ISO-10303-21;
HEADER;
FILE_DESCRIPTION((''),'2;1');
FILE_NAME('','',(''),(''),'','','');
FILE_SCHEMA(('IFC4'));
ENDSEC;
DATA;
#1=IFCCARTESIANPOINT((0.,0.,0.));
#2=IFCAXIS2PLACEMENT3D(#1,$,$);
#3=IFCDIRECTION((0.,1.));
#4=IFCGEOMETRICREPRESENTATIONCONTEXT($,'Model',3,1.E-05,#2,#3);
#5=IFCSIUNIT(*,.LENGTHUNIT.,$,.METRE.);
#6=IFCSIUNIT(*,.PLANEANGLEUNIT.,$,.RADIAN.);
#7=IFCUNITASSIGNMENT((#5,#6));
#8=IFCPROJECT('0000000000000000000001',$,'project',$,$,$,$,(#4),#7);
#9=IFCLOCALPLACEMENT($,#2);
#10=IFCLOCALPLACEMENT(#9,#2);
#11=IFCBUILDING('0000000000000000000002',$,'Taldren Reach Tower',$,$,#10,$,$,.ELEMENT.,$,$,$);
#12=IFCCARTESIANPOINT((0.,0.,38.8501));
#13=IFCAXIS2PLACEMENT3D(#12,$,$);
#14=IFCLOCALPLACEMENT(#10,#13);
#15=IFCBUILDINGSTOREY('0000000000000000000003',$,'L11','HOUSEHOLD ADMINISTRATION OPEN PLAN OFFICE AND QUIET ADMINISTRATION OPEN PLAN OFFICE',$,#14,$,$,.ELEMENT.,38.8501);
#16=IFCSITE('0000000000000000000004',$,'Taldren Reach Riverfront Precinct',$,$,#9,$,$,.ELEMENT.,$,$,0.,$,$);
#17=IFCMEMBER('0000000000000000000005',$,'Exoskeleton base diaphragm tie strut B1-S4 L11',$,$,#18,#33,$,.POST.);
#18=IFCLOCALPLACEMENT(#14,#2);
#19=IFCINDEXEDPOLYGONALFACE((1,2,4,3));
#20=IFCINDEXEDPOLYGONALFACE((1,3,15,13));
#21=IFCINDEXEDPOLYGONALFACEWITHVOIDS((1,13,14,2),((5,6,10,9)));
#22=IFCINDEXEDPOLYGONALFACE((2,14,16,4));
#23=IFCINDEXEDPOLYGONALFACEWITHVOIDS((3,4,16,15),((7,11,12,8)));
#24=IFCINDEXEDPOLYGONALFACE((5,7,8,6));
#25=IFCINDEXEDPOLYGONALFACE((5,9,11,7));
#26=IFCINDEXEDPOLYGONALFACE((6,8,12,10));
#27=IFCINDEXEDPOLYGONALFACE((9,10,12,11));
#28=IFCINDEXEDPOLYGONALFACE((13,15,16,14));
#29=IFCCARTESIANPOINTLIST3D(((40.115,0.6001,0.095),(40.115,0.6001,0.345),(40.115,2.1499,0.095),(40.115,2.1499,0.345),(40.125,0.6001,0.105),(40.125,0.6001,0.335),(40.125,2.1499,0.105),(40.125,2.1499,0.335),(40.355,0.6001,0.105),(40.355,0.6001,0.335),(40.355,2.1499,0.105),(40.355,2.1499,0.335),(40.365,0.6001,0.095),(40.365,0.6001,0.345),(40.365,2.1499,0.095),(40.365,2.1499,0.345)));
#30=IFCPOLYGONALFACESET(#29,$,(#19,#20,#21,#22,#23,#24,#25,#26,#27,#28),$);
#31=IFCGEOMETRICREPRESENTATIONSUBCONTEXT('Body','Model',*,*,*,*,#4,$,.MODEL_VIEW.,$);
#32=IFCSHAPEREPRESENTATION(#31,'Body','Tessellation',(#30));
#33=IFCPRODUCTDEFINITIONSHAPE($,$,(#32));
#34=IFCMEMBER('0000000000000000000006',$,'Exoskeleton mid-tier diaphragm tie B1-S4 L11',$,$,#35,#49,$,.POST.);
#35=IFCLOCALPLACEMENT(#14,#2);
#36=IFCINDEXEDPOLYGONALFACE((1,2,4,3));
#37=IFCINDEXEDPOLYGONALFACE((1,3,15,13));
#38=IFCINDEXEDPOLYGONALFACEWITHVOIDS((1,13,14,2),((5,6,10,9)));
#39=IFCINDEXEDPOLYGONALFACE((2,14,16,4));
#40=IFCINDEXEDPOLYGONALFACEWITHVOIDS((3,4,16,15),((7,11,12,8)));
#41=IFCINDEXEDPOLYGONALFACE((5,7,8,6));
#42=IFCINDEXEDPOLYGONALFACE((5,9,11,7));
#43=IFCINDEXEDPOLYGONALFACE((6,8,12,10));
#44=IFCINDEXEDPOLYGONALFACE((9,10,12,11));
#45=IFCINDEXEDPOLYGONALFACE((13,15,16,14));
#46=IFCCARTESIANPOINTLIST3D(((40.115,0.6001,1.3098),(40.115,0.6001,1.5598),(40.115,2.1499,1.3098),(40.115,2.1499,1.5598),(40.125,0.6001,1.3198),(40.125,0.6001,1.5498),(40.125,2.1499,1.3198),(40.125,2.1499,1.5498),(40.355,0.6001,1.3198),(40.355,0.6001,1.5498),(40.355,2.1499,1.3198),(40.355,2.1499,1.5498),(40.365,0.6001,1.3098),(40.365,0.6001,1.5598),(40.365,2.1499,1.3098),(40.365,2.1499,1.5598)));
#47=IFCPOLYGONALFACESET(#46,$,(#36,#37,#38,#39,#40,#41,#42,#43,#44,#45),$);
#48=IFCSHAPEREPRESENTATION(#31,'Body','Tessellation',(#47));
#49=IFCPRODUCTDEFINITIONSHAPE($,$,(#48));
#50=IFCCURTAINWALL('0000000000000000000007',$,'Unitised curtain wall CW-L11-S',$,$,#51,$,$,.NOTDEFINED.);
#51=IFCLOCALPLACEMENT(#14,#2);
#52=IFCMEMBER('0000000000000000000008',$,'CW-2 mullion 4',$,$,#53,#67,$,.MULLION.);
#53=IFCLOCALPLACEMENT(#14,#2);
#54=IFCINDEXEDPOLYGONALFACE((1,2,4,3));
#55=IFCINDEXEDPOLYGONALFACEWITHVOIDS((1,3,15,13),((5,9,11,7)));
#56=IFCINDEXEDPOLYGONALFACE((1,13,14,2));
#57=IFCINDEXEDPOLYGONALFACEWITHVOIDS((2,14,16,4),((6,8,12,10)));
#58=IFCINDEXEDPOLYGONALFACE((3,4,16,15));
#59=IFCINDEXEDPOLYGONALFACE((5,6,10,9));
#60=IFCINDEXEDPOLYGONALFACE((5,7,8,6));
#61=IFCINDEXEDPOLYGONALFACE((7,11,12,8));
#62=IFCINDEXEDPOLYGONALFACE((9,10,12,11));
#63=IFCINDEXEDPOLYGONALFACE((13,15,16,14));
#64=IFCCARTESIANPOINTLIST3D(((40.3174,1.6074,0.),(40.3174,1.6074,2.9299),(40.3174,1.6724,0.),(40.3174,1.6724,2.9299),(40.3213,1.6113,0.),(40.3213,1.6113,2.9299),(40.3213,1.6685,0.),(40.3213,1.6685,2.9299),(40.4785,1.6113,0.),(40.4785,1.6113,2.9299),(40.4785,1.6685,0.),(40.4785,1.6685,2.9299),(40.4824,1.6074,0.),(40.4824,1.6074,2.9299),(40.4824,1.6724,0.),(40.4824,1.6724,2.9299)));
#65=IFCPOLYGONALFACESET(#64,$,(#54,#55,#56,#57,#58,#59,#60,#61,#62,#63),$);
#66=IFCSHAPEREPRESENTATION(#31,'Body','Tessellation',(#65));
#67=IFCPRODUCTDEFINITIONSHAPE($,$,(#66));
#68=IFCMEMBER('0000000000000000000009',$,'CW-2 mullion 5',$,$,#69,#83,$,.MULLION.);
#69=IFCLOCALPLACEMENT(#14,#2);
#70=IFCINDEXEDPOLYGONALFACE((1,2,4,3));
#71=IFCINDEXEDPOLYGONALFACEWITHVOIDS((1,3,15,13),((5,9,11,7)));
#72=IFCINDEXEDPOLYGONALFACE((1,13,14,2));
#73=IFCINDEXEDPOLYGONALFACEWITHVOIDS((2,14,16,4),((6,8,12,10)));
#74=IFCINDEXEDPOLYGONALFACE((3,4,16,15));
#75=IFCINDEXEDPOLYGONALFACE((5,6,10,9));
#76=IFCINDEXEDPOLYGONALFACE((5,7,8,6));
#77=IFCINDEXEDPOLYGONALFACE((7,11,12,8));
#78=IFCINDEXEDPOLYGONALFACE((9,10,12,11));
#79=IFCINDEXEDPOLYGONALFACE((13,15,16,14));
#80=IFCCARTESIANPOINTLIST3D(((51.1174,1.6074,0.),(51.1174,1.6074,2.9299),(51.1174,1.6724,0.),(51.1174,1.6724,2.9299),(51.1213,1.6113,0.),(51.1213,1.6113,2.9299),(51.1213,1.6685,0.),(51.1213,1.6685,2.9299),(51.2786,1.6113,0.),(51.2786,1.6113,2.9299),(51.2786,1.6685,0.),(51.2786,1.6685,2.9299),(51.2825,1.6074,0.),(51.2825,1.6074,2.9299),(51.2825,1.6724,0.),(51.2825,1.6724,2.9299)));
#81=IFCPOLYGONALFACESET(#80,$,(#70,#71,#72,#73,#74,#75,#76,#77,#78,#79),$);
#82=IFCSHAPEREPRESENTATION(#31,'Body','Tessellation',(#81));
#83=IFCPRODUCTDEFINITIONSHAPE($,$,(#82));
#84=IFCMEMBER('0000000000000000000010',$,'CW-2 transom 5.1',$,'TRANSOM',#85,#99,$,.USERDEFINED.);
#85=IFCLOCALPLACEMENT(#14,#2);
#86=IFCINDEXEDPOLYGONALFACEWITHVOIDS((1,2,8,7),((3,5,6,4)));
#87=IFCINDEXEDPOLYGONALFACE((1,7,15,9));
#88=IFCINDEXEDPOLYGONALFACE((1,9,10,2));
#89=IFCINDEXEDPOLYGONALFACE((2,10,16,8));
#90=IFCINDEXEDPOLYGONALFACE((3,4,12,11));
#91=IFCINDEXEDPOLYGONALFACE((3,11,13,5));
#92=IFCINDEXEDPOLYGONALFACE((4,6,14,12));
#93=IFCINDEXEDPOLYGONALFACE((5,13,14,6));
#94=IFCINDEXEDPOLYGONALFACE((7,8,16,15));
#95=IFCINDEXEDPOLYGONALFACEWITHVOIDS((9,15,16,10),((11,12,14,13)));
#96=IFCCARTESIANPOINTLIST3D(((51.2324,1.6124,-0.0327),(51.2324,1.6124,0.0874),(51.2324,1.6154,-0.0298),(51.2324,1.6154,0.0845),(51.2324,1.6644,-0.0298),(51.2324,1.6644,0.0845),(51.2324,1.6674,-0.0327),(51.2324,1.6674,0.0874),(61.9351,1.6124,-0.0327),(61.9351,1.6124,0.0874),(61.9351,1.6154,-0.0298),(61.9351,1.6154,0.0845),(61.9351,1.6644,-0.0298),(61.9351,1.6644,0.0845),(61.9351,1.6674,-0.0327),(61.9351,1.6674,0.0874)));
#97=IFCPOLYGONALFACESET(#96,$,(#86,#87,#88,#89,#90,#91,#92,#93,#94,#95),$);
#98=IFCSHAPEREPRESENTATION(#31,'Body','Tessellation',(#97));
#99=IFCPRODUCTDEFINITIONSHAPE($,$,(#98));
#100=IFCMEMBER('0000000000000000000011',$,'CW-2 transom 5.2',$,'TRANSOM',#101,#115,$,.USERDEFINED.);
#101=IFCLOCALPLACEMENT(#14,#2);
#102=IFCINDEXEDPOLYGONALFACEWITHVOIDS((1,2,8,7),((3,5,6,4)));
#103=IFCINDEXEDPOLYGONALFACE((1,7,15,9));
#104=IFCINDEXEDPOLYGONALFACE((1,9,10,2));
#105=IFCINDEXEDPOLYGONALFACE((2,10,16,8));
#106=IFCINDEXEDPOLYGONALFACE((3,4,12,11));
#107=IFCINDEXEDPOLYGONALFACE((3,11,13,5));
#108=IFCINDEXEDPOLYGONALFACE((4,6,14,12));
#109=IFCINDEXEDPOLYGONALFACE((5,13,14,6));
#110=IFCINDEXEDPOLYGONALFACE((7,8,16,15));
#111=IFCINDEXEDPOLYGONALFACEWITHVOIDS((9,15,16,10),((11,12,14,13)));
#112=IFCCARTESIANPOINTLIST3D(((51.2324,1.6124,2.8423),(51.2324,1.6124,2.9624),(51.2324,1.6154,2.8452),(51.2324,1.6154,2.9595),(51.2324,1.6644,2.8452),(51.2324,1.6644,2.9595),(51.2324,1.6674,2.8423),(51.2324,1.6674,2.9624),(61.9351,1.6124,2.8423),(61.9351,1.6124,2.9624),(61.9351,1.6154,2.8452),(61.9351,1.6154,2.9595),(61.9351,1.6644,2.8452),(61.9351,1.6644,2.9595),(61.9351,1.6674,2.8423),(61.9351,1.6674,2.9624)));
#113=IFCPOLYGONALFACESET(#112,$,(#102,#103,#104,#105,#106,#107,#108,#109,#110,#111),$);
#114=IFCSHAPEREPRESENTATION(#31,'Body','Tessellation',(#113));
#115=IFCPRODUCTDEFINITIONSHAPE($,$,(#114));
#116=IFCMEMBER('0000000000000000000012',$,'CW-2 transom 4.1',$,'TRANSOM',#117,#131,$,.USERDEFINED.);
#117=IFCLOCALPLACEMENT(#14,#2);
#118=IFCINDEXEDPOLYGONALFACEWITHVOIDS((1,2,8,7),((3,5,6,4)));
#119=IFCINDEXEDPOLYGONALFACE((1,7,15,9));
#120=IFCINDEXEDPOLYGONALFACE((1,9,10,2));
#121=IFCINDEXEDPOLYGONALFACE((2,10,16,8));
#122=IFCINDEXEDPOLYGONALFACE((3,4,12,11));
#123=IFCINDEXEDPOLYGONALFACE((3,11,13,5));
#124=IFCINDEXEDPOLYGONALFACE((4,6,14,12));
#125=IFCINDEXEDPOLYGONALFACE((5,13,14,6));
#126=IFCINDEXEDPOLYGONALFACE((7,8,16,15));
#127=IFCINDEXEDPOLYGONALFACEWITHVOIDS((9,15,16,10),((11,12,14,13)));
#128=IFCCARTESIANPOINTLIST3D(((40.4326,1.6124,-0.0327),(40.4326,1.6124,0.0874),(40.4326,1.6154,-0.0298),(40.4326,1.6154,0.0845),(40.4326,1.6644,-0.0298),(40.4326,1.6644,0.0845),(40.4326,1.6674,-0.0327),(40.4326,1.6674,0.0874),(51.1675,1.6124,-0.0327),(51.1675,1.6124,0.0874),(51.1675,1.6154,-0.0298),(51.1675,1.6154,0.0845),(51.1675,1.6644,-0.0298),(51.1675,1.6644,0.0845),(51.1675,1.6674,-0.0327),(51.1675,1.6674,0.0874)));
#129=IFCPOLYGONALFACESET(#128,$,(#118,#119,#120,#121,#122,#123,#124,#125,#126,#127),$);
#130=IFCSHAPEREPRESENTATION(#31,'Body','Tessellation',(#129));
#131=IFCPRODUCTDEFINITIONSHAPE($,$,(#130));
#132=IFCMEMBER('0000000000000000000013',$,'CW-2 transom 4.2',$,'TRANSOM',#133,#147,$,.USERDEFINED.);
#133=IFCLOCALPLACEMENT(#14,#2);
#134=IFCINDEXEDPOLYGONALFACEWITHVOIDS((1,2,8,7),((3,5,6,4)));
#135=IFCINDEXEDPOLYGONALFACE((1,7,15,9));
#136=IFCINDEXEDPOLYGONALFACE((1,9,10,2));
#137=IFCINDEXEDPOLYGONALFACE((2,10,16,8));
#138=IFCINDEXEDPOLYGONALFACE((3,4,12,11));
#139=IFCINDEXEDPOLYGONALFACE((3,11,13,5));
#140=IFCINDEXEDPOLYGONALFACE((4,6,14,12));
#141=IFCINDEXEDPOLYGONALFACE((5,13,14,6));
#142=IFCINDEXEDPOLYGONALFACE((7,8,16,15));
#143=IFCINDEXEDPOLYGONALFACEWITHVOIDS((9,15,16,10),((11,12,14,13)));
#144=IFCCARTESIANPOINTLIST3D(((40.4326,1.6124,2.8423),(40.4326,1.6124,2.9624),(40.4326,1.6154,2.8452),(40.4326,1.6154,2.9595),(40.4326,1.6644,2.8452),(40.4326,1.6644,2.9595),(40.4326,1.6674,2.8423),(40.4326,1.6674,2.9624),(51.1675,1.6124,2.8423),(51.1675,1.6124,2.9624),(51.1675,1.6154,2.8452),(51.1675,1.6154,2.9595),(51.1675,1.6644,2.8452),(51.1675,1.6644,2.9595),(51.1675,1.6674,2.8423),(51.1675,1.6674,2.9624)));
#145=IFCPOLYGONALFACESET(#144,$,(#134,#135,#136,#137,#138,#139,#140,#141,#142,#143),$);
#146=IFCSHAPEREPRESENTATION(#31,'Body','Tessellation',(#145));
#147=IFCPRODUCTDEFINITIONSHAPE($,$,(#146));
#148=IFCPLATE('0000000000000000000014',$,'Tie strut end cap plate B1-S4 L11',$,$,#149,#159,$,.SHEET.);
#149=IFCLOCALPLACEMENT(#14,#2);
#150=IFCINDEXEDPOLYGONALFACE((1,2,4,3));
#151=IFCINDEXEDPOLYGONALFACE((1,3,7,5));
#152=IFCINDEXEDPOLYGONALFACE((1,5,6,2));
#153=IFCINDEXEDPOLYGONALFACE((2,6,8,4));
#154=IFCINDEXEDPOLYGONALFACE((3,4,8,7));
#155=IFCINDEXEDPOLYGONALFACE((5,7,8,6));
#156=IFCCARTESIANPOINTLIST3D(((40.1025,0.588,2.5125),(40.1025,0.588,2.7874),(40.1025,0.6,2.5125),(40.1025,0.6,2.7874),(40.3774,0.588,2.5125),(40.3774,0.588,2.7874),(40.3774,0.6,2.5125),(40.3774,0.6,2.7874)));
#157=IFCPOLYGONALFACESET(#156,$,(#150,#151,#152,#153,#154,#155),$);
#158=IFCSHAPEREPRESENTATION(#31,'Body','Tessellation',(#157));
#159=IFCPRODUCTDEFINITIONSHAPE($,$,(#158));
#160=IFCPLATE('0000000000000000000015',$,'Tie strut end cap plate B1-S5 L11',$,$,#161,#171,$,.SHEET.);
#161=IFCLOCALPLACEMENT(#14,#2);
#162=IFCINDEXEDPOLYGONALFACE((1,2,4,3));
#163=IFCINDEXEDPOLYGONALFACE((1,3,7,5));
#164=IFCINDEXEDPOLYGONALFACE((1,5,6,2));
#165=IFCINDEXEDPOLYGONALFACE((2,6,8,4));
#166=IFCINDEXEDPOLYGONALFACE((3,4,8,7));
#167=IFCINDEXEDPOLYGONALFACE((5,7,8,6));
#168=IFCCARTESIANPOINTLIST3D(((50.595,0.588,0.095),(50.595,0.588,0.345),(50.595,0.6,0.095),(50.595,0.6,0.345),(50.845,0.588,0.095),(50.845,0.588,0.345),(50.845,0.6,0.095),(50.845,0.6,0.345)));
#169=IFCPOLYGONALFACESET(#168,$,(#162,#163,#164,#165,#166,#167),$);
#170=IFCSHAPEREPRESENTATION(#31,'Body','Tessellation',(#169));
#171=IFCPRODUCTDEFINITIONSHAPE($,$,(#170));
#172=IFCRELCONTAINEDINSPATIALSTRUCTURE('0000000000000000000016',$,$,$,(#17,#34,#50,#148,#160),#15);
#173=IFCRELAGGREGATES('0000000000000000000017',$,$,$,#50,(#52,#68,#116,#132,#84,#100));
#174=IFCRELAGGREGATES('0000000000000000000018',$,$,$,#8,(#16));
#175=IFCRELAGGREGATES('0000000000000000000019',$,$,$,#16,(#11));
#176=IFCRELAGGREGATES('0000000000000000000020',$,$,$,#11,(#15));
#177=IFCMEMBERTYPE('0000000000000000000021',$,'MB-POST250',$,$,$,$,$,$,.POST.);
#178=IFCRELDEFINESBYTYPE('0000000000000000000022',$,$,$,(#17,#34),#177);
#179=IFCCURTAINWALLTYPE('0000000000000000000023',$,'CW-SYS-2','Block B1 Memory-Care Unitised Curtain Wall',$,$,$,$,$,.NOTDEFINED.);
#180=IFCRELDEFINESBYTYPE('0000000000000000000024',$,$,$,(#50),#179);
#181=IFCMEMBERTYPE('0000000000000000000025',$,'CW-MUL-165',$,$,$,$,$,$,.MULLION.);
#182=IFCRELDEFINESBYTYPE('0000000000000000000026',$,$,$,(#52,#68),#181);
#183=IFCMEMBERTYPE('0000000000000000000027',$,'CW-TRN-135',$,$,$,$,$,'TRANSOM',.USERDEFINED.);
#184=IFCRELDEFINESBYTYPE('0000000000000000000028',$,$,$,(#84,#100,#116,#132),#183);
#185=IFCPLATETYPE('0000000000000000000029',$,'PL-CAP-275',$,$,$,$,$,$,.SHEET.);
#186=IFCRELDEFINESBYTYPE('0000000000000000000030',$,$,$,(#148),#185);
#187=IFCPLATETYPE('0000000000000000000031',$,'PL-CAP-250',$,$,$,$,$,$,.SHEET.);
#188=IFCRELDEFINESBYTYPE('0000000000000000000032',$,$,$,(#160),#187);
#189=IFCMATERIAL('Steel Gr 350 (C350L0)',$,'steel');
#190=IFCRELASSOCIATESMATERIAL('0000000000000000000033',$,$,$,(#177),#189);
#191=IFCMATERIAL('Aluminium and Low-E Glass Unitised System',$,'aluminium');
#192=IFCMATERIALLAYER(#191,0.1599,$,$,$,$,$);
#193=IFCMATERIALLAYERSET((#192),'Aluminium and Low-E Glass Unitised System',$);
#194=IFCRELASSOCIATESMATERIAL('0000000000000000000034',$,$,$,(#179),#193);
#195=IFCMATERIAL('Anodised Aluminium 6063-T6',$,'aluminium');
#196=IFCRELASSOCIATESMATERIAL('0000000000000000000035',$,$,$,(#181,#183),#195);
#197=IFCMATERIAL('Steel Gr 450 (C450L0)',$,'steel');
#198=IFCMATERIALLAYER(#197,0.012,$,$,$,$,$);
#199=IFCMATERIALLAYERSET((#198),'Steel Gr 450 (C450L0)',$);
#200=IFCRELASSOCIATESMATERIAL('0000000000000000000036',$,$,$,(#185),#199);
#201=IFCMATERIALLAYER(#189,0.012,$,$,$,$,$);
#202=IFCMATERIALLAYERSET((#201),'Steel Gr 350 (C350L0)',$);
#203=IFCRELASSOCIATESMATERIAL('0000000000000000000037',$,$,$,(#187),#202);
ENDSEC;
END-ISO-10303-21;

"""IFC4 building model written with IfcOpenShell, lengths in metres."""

from ifc_helpers import new_model, si_unit, direction, frame, origin, origin_2d, place, context, subcontext, project, spatial, rectangle, hollow_rectangle, extrude, source, transform, mapped, material, layer, layer_set, material_profile, profile_set, type_object, element, aggregate, save


model = new_model("IFC4")

# Units and contexts
model_context = context("Model", 3, precision=1e-05, world=origin(), true_north=direction((0.0, 1.0)))
body_context = subcontext(model_context, "Body", "Model", "MODEL_VIEW")
ifc_project = project(units=[si_unit("LENGTHUNIT", "METRE"), si_unit("PLANEANGLEUNIT", "RADIAN")], contexts=[model_context])

# Site, building, storey
site_placement = place(None, origin())
site = spatial("IfcSite", under=ifc_project, at=site_placement, Name="Taldren Reach Riverfront Precinct", CompositionType="ELEMENT", RefElevation=0.0)
building_placement = place(site_placement, origin())
building = spatial("IfcBuilding", under=site, at=building_placement, Name="Taldren Reach Tower", CompositionType="ELEMENT")
storey_placement = place(building_placement, frame((0.0, 0.0, 38.8501)))
storey = spatial("IfcBuildingStorey", under=building, at=storey_placement, Name="L11", Description="HOUSEHOLD ADMINISTRATION OPEN PLAN OFFICE AND QUIET ADMINISTRATION OPEN PLAN OFFICE", CompositionType="ELEMENT", Elevation=38.8501)

# Members
ifc_material_1 = material(Name="Steel Gr 450 (C450L0)", Category="steel")
ifc_material_2 = material(Name="Steel Gr 350 (C350L0)", Category="steel")
ifc_material_profile_1 = material_profile(ifc_material_2, hollow_rectangle(XDim=0.25, YDim=0.25, WallThickness=0.01, at=origin_2d()), Name="250x250x10.0SHS")
ifc_profile_set_1 = profile_set([ifc_material_profile_1], Name="Steel Gr 350 (C350L0)")
member_type_1 = type_object("IfcMemberType", Name="MB-POST250", PredefinedType="POST", material=ifc_profile_set_1)
shared_shape_1 = source(origin(), body_context, "Body", "SweptSolid", [
    extrude(hollow_rectangle(XDim=0.25, YDim=0.25, WallThickness=0.01, at=origin_2d()), origin(), (0.0, 0.0, 1.0), 1.5498),
])
for number, where, z_axis, x_axis, name in (
    (1, (40.24, 2.1499, 0.22), (0.0, -1.0, 0.0), (1.0, 0.0, 0.0), "Exoskeleton base diaphragm tie strut B1-S4 L11"),
    (2, (40.24, 2.1499, 1.4348), (0.0, -1.0, 0.0), (1.0, 0.0, 0.0), "Exoskeleton mid-tier diaphragm tie B1-S4 L11"),
):
    element("IfcMember", number, at=place(storey_placement, frame(where, z_axis=z_axis, x_axis=x_axis)), inside=storey, type_object=member_type_1, Name=name, PredefinedType="POST", context=body_context, shape_type="MappedRepresentation", body=[
        mapped(shared_shape_1, transform((0.0, 0.0, 0.0), scale=1.0)),
    ])

# Curtain wall, members
ifc_material_3 = material(Name="Aluminium and Low-E Glass Unitised System", Category="aluminium")
ifc_layer_1 = layer(ifc_material_3, 0.1599)
ifc_layer_set_1 = layer_set([ifc_layer_1], Name="Aluminium and Low-E Glass Unitised System")
curtain_wall_type = type_object("IfcCurtainWallType", Name="CW-SYS-2", Description="Block B1 Memory-Care Unitised Curtain Wall", PredefinedType="NOTDEFINED", material=ifc_layer_set_1)
curtain_wall_placement = place(storey_placement, origin())
curtain_wall = element("IfcCurtainWall", 3, at=curtain_wall_placement, inside=storey, type_object=curtain_wall_type, Name="Unitised curtain wall CW-L11-S", PredefinedType="NOTDEFINED")
ifc_material_4 = material(Name="Anodised Aluminium 6063-T6", Category="aluminium")
ifc_material_profile_2 = material_profile(ifc_material_4, hollow_rectangle(XDim=0.0649, YDim=0.165, WallThickness=0.0039, at=origin_2d()), Name="ALU-165x65x4RHS")
ifc_profile_set_2 = profile_set([ifc_material_profile_2], Name="Anodised Aluminium 6063-T6")
member_type_2 = type_object("IfcMemberType", Name="CW-MUL-165", PredefinedType="MULLION", material=ifc_profile_set_2)
shared_shape_2 = source(origin(), body_context, "Body", "SweptSolid", [
    extrude(hollow_rectangle(XDim=0.0649, YDim=0.165, WallThickness=0.0039, at=origin_2d()), origin(), (0.0, 0.0, 1.0), 2.9299),
])
member_1_placement = place(storey_placement, frame((40.3999, 1.6399, 0.0), z_axis=(0.0, 0.0, 1.0), x_axis=(0.0, 1.0, 0.0)))
member_1 = element("IfcMember", 4, at=member_1_placement, type_object=member_type_2, Name="CW-2 mullion 4", PredefinedType="MULLION", context=body_context, shape_type="MappedRepresentation", body=[
    mapped(shared_shape_2, transform((0.0, 0.0, 0.0), scale=1.0)),
])
member_2_placement = place(storey_placement, frame((51.2, 1.6399, 0.0), z_axis=(0.0, 0.0, 1.0), x_axis=(0.0, 1.0, 0.0)))
member_2 = element("IfcMember", 5, at=member_2_placement, type_object=member_type_2, Name="CW-2 mullion 5", PredefinedType="MULLION", context=body_context, shape_type="MappedRepresentation", body=[
    mapped(shared_shape_2, transform((0.0, 0.0, 0.0), scale=1.0)),
])
ifc_material_profile_3 = material_profile(ifc_material_4, hollow_rectangle(XDim=0.0549, YDim=0.1201, WallThickness=0.0029, at=origin_2d()), Name="ALU-120x55x3RHS")
ifc_profile_set_3 = profile_set([ifc_material_profile_3], Name="Anodised Aluminium 6063-T6")
member_type_3 = type_object("IfcMemberType", Name="CW-TRN-135", ElementType="TRANSOM", PredefinedType="USERDEFINED", material=ifc_profile_set_3)
shared_shape_3 = source(origin(), body_context, "Body", "SweptSolid", [
    extrude(hollow_rectangle(XDim=0.0549, YDim=0.1201, WallThickness=0.0029, at=origin_2d()), origin(), (0.0, 0.0, 1.0), 10.7026),
])
member_3_placement = place(storey_placement, frame((51.2324, 1.6399, 0.0273), z_axis=(1.0, 0.0, 0.0), x_axis=(0.0, 1.0, 0.0)))
member_3 = element("IfcMember", 6, at=member_3_placement, type_object=member_type_3, Name="CW-2 transom 5.1", ObjectType="TRANSOM", PredefinedType="USERDEFINED", context=body_context, shape_type="MappedRepresentation", body=[
    mapped(shared_shape_3, transform((0.0, 0.0, 0.0), scale=1.0)),
])
member_4_placement = place(storey_placement, frame((51.2324, 1.6399, 2.9023), z_axis=(1.0, 0.0, 0.0), x_axis=(0.0, 1.0, 0.0)))
member_4 = element("IfcMember", 7, at=member_4_placement, type_object=member_type_3, Name="CW-2 transom 5.2", ObjectType="TRANSOM", PredefinedType="USERDEFINED", context=body_context, shape_type="MappedRepresentation", body=[
    mapped(shared_shape_3, transform((0.0, 0.0, 0.0), scale=1.0)),
])
shared_shape_4 = source(origin(), body_context, "Body", "SweptSolid", [
    extrude(hollow_rectangle(XDim=0.0549, YDim=0.1201, WallThickness=0.0029, at=origin_2d()), origin(), (0.0, 0.0, 1.0), 10.7349),
])
member_5_placement = place(storey_placement, frame((40.4326, 1.6399, 0.0273), z_axis=(1.0, 0.0, 0.0), x_axis=(0.0, 1.0, 0.0)))
member_5 = element("IfcMember", 8, at=member_5_placement, type_object=member_type_3, Name="CW-2 transom 4.1", ObjectType="TRANSOM", PredefinedType="USERDEFINED", context=body_context, shape_type="MappedRepresentation", body=[
    mapped(shared_shape_4, transform((0.0, 0.0, 0.0), scale=1.0)),
])
member_6_placement = place(storey_placement, frame((40.4326, 1.6399, 2.9023), z_axis=(1.0, 0.0, 0.0), x_axis=(0.0, 1.0, 0.0)))
member_6 = element("IfcMember", 9, at=member_6_placement, type_object=member_type_3, Name="CW-2 transom 4.2", ObjectType="TRANSOM", PredefinedType="USERDEFINED", context=body_context, shape_type="MappedRepresentation", body=[
    mapped(shared_shape_4, transform((0.0, 0.0, 0.0), scale=1.0)),
])

# Plates
ifc_layer_2 = layer(ifc_material_1, 0.012)
ifc_layer_set_2 = layer_set([ifc_layer_2], Name="Steel Gr 450 (C450L0)")
plate_type_1 = type_object("IfcPlateType", Name="PL-CAP-275", PredefinedType="SHEET", material=ifc_layer_set_2)
shared_shape_5 = source(origin(), body_context, "Body", "SweptSolid", [
    extrude(rectangle(XDim=0.2749, YDim=0.012, at=origin_2d()), origin(), (0.0, 0.0, 1.0), 0.2749),
])
plate_1_placement = place(storey_placement, frame((40.24, 0.594, 2.5125), z_axis=(0.0, 0.0, 1.0), x_axis=(1.0, 0.0, 0.0)))
element("IfcPlate", 10, at=plate_1_placement, inside=storey, type_object=plate_type_1, Name="Tie strut end cap plate B1-S4 L11", PredefinedType="SHEET", context=body_context, shape_type="MappedRepresentation", body=[
    mapped(shared_shape_5, transform((0.0, 0.0, 0.0), scale=1.0)),
])
ifc_layer_3 = layer(ifc_material_2, 0.012)
ifc_layer_set_3 = layer_set([ifc_layer_3], Name="Steel Gr 350 (C350L0)")
plate_type_2 = type_object("IfcPlateType", Name="PL-CAP-250", PredefinedType="SHEET", material=ifc_layer_set_3)
shared_shape_6 = source(origin(), body_context, "Body", "SweptSolid", [
    extrude(rectangle(XDim=0.25, YDim=0.012, at=origin_2d()), origin(), (0.0, 0.0, 1.0), 0.25),
])
plate_2_placement = place(storey_placement, frame((50.72, 0.594, 0.095), z_axis=(0.0, 0.0, 1.0), x_axis=(1.0, 0.0, 0.0)))
element("IfcPlate", 11, at=plate_2_placement, inside=storey, type_object=plate_type_2, Name="Tie strut end cap plate B1-S5 L11", PredefinedType="SHEET", context=body_context, shape_type="MappedRepresentation", body=[
    mapped(shared_shape_6, transform((0.0, 0.0, 0.0), scale=1.0)),
])

aggregate(curtain_wall, [member_1, member_2, member_5, member_6, member_3, member_4])

save(model, "model.ifc")
